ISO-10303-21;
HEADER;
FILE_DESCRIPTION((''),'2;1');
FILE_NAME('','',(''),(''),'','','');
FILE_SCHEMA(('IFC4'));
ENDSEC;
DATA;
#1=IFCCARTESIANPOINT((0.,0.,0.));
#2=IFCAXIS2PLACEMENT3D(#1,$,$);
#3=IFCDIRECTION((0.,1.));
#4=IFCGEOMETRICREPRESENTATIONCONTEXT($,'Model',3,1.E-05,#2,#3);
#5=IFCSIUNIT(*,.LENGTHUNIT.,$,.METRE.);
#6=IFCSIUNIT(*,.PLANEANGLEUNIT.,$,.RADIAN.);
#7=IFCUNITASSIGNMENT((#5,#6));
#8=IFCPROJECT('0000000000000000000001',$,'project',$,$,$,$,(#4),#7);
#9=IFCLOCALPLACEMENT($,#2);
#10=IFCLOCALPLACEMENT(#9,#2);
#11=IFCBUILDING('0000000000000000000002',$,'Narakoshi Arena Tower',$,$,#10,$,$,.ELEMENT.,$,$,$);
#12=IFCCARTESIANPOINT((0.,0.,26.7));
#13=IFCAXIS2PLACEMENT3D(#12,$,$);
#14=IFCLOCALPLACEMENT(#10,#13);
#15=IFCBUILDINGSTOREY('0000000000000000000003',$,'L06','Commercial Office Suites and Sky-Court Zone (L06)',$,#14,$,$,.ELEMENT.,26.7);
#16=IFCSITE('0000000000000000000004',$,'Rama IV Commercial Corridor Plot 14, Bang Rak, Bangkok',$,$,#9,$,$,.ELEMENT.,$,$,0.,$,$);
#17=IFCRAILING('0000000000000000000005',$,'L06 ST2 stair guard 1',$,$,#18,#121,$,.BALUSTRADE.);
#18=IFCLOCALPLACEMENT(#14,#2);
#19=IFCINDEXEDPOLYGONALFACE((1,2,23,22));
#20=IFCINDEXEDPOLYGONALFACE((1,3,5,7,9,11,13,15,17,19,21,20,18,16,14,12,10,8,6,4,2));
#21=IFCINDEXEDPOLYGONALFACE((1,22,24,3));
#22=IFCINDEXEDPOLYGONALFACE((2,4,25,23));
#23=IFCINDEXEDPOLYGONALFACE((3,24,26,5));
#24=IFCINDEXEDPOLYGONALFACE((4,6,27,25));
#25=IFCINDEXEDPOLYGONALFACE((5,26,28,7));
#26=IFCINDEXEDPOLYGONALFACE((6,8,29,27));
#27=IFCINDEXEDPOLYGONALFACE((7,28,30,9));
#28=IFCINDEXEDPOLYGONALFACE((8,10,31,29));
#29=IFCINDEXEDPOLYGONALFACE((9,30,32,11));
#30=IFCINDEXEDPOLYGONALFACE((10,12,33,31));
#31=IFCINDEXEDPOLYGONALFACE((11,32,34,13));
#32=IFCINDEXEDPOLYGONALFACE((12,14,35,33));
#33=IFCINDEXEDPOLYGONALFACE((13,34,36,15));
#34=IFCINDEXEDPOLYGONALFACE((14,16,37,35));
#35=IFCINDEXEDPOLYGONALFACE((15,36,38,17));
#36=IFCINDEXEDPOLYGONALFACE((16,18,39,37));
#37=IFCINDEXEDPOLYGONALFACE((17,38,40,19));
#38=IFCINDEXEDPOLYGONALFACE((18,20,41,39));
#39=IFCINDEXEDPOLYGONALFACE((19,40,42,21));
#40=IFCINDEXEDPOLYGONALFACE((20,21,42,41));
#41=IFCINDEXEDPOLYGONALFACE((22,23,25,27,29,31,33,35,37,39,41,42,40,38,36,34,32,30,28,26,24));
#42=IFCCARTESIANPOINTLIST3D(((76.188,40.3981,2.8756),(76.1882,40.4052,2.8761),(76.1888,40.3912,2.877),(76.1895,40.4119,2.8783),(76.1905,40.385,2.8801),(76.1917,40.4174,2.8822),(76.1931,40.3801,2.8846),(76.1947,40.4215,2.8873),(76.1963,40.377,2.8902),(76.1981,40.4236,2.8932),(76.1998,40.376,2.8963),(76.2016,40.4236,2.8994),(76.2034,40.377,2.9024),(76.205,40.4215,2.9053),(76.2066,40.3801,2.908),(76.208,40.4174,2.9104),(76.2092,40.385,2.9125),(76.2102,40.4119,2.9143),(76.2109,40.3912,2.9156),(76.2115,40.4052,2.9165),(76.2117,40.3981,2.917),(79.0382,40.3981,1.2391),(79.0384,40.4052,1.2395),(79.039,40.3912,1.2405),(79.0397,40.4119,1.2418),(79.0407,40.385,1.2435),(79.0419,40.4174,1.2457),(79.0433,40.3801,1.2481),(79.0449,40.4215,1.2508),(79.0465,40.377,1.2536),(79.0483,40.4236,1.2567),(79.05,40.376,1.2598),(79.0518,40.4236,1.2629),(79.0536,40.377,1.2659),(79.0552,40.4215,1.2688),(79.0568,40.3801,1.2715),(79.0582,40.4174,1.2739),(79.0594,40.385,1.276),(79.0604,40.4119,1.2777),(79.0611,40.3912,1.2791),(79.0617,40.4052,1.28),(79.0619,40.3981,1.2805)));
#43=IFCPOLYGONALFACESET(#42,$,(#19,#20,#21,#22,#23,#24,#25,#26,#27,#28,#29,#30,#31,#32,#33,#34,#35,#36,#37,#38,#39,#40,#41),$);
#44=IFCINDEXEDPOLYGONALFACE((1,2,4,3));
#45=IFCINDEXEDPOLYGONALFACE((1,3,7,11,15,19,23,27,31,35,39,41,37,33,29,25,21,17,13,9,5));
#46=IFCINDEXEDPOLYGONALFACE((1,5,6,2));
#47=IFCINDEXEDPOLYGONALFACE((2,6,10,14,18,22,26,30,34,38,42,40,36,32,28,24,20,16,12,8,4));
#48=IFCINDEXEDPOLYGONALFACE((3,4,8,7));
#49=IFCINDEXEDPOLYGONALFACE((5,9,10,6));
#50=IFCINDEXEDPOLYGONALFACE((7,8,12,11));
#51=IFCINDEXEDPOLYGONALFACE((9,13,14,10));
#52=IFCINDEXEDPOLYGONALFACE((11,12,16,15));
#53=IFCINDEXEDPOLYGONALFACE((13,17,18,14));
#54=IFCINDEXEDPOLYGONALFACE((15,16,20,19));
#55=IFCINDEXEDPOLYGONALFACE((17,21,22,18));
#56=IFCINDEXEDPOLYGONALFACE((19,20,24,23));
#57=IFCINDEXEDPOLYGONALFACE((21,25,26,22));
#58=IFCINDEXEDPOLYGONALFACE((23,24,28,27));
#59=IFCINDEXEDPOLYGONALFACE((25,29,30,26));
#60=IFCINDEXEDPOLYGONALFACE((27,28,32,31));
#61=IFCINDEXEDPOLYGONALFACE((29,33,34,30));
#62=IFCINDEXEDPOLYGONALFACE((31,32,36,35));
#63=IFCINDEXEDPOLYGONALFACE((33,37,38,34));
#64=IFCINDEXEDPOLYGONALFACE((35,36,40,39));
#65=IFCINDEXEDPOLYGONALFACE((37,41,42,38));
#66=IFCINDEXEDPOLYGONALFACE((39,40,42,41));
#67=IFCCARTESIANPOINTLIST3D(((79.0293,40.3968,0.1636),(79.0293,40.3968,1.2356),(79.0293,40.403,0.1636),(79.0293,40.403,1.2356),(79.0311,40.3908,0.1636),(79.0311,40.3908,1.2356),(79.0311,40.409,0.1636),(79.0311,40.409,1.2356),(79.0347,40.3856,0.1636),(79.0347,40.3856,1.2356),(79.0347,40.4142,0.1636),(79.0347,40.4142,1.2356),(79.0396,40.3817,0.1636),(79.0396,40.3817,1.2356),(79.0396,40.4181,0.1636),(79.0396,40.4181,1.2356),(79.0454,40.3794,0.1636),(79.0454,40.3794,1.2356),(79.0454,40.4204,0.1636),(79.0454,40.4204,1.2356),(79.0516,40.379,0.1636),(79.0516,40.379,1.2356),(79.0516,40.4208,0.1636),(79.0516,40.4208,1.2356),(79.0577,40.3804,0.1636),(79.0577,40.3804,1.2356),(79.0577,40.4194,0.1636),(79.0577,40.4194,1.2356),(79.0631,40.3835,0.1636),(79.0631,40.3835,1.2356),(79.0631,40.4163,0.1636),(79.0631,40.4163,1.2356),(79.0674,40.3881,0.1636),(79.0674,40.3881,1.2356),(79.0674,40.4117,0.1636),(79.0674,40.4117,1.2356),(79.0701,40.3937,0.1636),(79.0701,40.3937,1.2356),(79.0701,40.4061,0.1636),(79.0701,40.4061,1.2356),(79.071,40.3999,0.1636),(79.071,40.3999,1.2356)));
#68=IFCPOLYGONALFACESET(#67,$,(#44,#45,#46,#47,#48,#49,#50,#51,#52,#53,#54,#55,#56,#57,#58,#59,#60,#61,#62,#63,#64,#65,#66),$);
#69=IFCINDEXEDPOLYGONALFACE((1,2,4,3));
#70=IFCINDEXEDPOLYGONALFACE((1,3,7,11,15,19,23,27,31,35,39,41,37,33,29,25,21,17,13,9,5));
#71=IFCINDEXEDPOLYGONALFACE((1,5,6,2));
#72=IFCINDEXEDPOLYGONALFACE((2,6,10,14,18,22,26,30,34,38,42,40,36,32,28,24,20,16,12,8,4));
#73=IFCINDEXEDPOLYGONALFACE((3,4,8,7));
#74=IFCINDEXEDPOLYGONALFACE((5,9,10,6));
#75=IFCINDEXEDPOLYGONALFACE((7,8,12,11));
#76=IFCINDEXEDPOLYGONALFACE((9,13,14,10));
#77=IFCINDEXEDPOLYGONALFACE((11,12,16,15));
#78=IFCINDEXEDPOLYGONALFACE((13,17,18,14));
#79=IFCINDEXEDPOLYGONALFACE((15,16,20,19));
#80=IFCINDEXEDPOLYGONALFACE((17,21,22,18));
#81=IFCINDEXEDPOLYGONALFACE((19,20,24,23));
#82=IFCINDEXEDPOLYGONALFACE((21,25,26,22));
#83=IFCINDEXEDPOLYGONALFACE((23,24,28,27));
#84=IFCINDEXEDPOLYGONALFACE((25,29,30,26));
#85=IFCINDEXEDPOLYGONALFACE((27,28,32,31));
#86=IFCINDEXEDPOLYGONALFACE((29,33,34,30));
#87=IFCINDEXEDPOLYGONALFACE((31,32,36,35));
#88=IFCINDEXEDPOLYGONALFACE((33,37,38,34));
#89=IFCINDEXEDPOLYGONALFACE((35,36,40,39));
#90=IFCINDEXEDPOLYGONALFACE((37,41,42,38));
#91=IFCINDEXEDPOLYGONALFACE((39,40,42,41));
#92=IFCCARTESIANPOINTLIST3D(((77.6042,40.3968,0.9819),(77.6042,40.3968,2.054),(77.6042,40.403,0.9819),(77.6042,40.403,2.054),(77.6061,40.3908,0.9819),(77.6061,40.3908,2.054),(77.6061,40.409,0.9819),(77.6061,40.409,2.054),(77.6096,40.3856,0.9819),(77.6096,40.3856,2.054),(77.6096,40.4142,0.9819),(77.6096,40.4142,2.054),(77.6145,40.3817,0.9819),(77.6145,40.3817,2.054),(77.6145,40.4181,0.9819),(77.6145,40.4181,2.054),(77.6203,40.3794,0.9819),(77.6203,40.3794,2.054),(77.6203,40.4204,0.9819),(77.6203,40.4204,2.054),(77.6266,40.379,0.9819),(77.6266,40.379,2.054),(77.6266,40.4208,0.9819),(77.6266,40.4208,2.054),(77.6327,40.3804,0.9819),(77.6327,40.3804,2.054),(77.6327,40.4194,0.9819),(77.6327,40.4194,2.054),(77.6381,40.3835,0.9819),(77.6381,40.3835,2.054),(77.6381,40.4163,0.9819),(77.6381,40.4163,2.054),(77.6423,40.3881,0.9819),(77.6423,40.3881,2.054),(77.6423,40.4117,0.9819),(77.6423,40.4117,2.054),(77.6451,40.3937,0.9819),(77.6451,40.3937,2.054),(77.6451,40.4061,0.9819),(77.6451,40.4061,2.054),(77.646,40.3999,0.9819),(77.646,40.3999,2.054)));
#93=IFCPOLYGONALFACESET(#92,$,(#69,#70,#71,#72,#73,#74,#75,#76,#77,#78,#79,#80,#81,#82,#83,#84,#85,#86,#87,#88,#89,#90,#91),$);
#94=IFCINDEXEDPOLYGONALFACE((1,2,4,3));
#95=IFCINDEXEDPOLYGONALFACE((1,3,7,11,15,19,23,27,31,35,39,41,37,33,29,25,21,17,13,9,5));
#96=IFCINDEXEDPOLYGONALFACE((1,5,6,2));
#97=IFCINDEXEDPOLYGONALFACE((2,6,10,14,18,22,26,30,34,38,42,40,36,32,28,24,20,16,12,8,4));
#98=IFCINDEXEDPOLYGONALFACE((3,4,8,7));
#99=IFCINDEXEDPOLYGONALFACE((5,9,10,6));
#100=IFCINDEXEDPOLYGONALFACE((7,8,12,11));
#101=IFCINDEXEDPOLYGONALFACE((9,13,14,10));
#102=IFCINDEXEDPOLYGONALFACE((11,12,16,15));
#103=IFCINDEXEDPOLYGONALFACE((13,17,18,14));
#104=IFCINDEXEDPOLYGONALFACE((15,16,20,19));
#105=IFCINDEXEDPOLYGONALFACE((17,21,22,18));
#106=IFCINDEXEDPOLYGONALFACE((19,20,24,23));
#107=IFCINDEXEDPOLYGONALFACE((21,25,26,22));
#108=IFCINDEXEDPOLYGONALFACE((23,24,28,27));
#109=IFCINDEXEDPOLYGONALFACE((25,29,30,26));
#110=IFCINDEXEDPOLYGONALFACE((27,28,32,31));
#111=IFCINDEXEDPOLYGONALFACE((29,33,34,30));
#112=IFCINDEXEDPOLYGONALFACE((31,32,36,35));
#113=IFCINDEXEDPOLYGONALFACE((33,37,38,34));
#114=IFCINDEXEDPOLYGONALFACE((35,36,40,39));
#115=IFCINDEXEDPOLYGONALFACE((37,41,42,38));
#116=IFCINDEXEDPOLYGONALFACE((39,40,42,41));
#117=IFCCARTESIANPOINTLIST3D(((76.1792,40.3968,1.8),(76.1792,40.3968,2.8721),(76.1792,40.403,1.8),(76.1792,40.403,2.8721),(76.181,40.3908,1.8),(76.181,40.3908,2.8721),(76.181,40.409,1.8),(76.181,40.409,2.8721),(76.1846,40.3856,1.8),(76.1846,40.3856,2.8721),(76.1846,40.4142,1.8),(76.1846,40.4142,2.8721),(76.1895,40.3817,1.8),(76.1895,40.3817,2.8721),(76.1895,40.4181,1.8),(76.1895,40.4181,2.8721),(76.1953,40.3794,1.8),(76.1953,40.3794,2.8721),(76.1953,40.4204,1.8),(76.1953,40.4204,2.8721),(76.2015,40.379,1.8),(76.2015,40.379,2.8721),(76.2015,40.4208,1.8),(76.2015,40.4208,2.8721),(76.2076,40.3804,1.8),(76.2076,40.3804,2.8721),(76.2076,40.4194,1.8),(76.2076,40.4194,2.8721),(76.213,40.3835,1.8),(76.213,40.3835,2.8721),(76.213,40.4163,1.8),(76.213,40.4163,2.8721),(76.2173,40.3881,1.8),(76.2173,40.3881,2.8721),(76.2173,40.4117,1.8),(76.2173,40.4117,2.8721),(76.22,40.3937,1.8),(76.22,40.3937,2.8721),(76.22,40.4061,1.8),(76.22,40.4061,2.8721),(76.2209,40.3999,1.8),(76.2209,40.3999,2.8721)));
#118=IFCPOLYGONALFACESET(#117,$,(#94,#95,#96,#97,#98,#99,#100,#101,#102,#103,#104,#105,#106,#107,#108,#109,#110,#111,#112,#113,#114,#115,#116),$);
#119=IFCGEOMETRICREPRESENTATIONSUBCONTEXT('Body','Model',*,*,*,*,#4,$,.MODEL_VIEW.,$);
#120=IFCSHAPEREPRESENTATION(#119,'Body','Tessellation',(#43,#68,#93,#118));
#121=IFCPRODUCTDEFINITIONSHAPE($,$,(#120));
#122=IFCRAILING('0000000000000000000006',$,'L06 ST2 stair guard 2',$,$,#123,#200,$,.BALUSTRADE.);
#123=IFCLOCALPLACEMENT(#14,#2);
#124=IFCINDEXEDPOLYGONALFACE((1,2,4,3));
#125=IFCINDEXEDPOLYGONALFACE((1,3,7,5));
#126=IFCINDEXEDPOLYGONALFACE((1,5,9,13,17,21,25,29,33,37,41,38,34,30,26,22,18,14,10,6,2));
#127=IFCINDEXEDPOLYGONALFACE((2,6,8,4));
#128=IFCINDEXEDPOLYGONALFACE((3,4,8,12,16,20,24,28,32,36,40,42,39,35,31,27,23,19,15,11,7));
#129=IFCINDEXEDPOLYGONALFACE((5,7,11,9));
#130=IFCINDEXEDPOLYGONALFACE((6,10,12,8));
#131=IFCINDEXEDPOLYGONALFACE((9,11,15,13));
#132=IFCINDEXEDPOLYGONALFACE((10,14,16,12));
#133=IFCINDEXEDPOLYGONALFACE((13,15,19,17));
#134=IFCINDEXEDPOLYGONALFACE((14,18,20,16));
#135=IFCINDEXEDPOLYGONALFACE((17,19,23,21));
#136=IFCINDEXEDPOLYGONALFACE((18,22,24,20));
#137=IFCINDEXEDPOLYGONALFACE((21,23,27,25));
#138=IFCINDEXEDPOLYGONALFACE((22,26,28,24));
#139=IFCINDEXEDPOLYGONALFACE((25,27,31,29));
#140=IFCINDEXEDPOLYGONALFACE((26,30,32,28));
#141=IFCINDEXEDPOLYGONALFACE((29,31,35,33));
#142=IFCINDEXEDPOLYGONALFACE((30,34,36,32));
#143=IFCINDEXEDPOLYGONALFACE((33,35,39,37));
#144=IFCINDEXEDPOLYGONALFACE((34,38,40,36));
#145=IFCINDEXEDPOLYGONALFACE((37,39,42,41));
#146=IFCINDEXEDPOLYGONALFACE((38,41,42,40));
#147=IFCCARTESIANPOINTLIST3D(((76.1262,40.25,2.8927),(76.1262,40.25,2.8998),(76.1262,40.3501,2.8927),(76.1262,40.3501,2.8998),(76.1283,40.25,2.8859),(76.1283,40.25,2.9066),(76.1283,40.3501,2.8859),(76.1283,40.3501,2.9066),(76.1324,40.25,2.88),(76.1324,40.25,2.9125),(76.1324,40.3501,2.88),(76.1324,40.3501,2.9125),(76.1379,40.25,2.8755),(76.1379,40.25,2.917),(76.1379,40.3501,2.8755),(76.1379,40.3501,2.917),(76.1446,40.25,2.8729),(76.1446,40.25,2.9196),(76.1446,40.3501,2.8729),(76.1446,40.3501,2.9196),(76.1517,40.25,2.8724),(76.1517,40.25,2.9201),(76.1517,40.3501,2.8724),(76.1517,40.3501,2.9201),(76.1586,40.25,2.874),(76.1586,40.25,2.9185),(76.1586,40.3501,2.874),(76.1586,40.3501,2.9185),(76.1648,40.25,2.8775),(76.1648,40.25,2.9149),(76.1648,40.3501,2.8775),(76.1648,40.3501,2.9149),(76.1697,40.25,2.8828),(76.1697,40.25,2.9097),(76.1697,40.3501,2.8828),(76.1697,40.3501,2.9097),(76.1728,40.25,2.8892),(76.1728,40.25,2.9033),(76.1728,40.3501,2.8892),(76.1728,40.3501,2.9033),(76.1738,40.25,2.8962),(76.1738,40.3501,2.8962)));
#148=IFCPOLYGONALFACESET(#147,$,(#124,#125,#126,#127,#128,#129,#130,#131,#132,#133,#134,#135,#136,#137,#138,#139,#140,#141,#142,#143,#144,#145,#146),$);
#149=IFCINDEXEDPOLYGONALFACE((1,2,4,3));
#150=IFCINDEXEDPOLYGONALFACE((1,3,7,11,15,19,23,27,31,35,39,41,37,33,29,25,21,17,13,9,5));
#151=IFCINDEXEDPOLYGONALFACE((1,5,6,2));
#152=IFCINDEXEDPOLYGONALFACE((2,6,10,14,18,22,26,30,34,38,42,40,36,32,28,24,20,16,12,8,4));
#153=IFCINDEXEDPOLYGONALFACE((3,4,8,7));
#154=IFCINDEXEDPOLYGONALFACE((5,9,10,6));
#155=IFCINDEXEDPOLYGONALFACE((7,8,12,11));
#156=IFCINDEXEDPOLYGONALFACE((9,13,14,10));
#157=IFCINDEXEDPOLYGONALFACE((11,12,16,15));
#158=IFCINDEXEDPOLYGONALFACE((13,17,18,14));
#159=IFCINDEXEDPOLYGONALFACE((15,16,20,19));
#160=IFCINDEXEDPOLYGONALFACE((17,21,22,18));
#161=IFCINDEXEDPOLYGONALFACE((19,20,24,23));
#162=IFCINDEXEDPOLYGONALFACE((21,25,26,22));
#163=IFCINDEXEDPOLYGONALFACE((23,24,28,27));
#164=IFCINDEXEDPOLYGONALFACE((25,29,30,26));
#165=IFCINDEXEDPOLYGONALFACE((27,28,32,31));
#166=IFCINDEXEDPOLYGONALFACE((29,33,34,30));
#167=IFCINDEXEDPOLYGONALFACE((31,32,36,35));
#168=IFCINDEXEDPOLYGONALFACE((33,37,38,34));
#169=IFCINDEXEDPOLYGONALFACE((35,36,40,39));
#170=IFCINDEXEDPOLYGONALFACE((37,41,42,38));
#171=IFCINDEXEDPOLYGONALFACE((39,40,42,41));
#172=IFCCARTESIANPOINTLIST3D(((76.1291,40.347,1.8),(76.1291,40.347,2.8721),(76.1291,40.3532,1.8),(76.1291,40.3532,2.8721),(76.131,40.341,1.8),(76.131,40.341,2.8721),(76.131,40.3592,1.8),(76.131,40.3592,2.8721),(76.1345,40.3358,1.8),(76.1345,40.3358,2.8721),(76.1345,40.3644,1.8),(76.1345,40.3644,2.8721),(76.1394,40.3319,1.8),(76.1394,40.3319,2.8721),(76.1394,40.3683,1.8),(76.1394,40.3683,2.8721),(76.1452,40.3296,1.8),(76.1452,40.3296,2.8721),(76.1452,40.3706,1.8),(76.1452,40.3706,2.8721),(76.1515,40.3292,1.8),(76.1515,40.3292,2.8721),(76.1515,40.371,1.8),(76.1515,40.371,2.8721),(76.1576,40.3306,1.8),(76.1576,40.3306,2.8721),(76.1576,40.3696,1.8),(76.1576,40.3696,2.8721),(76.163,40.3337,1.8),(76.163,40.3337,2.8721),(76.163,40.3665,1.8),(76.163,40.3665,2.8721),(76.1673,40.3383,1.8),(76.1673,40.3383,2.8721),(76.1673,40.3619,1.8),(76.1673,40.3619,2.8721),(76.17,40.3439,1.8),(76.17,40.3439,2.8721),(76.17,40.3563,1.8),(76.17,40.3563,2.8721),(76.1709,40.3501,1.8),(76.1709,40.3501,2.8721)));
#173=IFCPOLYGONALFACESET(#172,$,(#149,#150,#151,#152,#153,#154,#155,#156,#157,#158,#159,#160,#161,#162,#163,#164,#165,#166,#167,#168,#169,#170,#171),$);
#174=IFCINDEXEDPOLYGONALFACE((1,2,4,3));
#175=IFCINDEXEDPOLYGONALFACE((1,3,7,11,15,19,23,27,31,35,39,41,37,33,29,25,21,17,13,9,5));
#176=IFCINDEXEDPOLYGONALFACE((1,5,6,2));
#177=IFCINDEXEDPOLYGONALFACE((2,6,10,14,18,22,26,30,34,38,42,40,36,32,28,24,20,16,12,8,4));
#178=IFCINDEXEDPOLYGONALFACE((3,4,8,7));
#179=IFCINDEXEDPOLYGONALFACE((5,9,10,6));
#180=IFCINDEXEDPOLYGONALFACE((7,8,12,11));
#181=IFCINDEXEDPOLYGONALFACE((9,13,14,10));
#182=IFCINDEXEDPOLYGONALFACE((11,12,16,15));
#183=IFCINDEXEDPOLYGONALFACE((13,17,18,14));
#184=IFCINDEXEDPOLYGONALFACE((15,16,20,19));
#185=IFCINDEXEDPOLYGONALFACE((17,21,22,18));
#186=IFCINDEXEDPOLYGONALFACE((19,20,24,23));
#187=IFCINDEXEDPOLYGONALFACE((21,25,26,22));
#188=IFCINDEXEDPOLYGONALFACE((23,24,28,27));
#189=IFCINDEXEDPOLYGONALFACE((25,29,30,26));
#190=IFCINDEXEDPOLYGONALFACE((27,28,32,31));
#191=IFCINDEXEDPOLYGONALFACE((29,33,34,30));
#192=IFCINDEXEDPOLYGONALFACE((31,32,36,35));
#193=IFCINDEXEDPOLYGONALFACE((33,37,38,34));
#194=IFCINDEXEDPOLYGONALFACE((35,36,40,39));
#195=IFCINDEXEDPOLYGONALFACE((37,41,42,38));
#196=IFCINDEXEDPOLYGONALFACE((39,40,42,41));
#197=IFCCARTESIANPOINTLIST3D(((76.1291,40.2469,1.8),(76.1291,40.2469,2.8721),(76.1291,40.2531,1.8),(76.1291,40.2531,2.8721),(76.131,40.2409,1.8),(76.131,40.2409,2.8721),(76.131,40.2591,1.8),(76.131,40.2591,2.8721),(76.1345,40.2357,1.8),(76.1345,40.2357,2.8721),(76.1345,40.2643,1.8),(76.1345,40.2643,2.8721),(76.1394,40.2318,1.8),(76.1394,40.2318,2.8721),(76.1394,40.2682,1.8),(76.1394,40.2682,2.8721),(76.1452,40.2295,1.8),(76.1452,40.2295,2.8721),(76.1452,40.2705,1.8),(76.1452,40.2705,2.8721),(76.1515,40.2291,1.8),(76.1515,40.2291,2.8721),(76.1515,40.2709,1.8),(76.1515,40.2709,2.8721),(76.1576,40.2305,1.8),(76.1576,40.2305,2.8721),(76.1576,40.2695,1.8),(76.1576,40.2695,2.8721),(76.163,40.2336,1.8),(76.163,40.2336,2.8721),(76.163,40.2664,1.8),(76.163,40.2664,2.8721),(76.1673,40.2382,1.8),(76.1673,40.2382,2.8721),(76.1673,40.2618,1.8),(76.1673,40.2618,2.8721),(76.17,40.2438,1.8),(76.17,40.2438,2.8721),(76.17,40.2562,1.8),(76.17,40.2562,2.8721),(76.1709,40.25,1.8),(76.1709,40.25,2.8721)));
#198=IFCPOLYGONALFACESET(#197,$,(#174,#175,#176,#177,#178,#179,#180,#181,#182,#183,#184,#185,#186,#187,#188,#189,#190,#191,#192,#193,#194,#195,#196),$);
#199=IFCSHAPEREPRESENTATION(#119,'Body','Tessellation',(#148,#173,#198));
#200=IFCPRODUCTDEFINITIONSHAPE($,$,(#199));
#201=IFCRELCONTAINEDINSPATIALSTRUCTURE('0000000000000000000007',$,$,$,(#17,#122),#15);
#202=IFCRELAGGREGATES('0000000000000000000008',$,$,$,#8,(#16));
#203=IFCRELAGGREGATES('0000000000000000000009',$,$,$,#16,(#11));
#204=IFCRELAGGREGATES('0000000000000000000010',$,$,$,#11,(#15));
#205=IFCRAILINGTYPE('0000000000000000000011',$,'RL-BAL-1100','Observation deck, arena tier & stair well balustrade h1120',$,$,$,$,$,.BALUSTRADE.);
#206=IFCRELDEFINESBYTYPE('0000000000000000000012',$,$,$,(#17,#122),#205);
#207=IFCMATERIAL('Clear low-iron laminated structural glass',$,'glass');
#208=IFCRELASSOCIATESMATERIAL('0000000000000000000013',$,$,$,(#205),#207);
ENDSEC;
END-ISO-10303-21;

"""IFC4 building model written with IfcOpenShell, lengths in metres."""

from ifc_helpers import new_model, si_unit, direction, frame, origin, origin_2d, place, context, subcontext, project, spatial, circle, extrude, material, type_object, element, save


model = new_model("IFC4")

# Units and contexts
model_context = context("Model", 3, precision=1e-05, world=origin(), true_north=direction((0.0, 1.0)))
body_context = subcontext(model_context, "Body", "Model", "MODEL_VIEW")
ifc_project = project(units=[si_unit("LENGTHUNIT", "METRE"), si_unit("PLANEANGLEUNIT", "RADIAN")], contexts=[model_context])

# Site, building, storey
site_placement = place(None, origin())
site = spatial("IfcSite", under=ifc_project, at=site_placement, Name="Rama IV Commercial Corridor Plot 14, Bang Rak, Bangkok", CompositionType="ELEMENT", RefElevation=0.0)
building_placement = place(site_placement, origin())
building = spatial("IfcBuilding", under=site, at=building_placement, Name="Narakoshi Arena Tower", CompositionType="ELEMENT")
storey_placement = place(building_placement, frame((0.0, 0.0, 26.7)))
storey = spatial("IfcBuildingStorey", under=building, at=storey_placement, Name="L06", Description="Commercial Office Suites and Sky-Court Zone (L06)", CompositionType="ELEMENT", Elevation=26.7)

# Railings
ifc_material_1 = material(Name="Clear low-iron laminated structural glass", Category="glass")
railing_type_1 = type_object("IfcRailingType", Name="RL-BAL-1100", Description="Observation deck, arena tier & stair well balustrade h1120", PredefinedType="BALUSTRADE", material=ifc_material_1)
railing_1_placement = place(storey_placement, frame((79.05, 40.3999, 0.1636)))
element("IfcRailing", 1, at=railing_1_placement, inside=storey, type_object=railing_type_1, Name="L06 ST2 stair guard 1", PredefinedType="BALUSTRADE", context=body_context, shape_type="SweptSolid", body=[
    extrude(circle(Radius=0.0239, at=origin_2d()), frame((0.0, 0.0, 1.0962), z_axis=(-0.867213, 0.0, 0.497938), x_axis=(0.0, -1.0, 0.0)), (0.0, 0.0, 1.0), 3.2866),
    extrude(circle(Radius=0.021, at=origin_2d()), origin(), (0.0, 0.0, 1.0), 1.072),
    extrude(circle(Radius=0.021, at=origin_2d()), frame((-1.425, 0.0, 0.8184)), (0.0, 0.0, 1.0), 1.072),
    extrude(circle(Radius=0.021, at=origin_2d()), frame((-2.8501, 0.0, 1.6365)), (0.0, 0.0, 1.0), 1.072),
])
railing_2_placement = place(storey_placement, frame((76.1499, 40.3501, 1.8)))
element("IfcRailing", 2, at=railing_2_placement, inside=storey, type_object=railing_type_1, Name="L06 ST2 stair guard 2", PredefinedType="BALUSTRADE", context=body_context, shape_type="SweptSolid", body=[
    extrude(circle(Radius=0.0239, at=origin_2d()), frame((0.0, 0.0, 1.0962), z_axis=(0.0, -1.0, 0.0), x_axis=(1.0, 0.0, 0.0)), (0.0, 0.0, 1.0), 0.1001),
    extrude(circle(Radius=0.021, at=origin_2d()), origin(), (0.0, 0.0, 1.0), 1.072),
    extrude(circle(Radius=0.021, at=origin_2d()), frame((0.0, -0.1001, 0.0)), (0.0, 0.0, 1.0), 1.072),
])

save(model, "model.ifc")
